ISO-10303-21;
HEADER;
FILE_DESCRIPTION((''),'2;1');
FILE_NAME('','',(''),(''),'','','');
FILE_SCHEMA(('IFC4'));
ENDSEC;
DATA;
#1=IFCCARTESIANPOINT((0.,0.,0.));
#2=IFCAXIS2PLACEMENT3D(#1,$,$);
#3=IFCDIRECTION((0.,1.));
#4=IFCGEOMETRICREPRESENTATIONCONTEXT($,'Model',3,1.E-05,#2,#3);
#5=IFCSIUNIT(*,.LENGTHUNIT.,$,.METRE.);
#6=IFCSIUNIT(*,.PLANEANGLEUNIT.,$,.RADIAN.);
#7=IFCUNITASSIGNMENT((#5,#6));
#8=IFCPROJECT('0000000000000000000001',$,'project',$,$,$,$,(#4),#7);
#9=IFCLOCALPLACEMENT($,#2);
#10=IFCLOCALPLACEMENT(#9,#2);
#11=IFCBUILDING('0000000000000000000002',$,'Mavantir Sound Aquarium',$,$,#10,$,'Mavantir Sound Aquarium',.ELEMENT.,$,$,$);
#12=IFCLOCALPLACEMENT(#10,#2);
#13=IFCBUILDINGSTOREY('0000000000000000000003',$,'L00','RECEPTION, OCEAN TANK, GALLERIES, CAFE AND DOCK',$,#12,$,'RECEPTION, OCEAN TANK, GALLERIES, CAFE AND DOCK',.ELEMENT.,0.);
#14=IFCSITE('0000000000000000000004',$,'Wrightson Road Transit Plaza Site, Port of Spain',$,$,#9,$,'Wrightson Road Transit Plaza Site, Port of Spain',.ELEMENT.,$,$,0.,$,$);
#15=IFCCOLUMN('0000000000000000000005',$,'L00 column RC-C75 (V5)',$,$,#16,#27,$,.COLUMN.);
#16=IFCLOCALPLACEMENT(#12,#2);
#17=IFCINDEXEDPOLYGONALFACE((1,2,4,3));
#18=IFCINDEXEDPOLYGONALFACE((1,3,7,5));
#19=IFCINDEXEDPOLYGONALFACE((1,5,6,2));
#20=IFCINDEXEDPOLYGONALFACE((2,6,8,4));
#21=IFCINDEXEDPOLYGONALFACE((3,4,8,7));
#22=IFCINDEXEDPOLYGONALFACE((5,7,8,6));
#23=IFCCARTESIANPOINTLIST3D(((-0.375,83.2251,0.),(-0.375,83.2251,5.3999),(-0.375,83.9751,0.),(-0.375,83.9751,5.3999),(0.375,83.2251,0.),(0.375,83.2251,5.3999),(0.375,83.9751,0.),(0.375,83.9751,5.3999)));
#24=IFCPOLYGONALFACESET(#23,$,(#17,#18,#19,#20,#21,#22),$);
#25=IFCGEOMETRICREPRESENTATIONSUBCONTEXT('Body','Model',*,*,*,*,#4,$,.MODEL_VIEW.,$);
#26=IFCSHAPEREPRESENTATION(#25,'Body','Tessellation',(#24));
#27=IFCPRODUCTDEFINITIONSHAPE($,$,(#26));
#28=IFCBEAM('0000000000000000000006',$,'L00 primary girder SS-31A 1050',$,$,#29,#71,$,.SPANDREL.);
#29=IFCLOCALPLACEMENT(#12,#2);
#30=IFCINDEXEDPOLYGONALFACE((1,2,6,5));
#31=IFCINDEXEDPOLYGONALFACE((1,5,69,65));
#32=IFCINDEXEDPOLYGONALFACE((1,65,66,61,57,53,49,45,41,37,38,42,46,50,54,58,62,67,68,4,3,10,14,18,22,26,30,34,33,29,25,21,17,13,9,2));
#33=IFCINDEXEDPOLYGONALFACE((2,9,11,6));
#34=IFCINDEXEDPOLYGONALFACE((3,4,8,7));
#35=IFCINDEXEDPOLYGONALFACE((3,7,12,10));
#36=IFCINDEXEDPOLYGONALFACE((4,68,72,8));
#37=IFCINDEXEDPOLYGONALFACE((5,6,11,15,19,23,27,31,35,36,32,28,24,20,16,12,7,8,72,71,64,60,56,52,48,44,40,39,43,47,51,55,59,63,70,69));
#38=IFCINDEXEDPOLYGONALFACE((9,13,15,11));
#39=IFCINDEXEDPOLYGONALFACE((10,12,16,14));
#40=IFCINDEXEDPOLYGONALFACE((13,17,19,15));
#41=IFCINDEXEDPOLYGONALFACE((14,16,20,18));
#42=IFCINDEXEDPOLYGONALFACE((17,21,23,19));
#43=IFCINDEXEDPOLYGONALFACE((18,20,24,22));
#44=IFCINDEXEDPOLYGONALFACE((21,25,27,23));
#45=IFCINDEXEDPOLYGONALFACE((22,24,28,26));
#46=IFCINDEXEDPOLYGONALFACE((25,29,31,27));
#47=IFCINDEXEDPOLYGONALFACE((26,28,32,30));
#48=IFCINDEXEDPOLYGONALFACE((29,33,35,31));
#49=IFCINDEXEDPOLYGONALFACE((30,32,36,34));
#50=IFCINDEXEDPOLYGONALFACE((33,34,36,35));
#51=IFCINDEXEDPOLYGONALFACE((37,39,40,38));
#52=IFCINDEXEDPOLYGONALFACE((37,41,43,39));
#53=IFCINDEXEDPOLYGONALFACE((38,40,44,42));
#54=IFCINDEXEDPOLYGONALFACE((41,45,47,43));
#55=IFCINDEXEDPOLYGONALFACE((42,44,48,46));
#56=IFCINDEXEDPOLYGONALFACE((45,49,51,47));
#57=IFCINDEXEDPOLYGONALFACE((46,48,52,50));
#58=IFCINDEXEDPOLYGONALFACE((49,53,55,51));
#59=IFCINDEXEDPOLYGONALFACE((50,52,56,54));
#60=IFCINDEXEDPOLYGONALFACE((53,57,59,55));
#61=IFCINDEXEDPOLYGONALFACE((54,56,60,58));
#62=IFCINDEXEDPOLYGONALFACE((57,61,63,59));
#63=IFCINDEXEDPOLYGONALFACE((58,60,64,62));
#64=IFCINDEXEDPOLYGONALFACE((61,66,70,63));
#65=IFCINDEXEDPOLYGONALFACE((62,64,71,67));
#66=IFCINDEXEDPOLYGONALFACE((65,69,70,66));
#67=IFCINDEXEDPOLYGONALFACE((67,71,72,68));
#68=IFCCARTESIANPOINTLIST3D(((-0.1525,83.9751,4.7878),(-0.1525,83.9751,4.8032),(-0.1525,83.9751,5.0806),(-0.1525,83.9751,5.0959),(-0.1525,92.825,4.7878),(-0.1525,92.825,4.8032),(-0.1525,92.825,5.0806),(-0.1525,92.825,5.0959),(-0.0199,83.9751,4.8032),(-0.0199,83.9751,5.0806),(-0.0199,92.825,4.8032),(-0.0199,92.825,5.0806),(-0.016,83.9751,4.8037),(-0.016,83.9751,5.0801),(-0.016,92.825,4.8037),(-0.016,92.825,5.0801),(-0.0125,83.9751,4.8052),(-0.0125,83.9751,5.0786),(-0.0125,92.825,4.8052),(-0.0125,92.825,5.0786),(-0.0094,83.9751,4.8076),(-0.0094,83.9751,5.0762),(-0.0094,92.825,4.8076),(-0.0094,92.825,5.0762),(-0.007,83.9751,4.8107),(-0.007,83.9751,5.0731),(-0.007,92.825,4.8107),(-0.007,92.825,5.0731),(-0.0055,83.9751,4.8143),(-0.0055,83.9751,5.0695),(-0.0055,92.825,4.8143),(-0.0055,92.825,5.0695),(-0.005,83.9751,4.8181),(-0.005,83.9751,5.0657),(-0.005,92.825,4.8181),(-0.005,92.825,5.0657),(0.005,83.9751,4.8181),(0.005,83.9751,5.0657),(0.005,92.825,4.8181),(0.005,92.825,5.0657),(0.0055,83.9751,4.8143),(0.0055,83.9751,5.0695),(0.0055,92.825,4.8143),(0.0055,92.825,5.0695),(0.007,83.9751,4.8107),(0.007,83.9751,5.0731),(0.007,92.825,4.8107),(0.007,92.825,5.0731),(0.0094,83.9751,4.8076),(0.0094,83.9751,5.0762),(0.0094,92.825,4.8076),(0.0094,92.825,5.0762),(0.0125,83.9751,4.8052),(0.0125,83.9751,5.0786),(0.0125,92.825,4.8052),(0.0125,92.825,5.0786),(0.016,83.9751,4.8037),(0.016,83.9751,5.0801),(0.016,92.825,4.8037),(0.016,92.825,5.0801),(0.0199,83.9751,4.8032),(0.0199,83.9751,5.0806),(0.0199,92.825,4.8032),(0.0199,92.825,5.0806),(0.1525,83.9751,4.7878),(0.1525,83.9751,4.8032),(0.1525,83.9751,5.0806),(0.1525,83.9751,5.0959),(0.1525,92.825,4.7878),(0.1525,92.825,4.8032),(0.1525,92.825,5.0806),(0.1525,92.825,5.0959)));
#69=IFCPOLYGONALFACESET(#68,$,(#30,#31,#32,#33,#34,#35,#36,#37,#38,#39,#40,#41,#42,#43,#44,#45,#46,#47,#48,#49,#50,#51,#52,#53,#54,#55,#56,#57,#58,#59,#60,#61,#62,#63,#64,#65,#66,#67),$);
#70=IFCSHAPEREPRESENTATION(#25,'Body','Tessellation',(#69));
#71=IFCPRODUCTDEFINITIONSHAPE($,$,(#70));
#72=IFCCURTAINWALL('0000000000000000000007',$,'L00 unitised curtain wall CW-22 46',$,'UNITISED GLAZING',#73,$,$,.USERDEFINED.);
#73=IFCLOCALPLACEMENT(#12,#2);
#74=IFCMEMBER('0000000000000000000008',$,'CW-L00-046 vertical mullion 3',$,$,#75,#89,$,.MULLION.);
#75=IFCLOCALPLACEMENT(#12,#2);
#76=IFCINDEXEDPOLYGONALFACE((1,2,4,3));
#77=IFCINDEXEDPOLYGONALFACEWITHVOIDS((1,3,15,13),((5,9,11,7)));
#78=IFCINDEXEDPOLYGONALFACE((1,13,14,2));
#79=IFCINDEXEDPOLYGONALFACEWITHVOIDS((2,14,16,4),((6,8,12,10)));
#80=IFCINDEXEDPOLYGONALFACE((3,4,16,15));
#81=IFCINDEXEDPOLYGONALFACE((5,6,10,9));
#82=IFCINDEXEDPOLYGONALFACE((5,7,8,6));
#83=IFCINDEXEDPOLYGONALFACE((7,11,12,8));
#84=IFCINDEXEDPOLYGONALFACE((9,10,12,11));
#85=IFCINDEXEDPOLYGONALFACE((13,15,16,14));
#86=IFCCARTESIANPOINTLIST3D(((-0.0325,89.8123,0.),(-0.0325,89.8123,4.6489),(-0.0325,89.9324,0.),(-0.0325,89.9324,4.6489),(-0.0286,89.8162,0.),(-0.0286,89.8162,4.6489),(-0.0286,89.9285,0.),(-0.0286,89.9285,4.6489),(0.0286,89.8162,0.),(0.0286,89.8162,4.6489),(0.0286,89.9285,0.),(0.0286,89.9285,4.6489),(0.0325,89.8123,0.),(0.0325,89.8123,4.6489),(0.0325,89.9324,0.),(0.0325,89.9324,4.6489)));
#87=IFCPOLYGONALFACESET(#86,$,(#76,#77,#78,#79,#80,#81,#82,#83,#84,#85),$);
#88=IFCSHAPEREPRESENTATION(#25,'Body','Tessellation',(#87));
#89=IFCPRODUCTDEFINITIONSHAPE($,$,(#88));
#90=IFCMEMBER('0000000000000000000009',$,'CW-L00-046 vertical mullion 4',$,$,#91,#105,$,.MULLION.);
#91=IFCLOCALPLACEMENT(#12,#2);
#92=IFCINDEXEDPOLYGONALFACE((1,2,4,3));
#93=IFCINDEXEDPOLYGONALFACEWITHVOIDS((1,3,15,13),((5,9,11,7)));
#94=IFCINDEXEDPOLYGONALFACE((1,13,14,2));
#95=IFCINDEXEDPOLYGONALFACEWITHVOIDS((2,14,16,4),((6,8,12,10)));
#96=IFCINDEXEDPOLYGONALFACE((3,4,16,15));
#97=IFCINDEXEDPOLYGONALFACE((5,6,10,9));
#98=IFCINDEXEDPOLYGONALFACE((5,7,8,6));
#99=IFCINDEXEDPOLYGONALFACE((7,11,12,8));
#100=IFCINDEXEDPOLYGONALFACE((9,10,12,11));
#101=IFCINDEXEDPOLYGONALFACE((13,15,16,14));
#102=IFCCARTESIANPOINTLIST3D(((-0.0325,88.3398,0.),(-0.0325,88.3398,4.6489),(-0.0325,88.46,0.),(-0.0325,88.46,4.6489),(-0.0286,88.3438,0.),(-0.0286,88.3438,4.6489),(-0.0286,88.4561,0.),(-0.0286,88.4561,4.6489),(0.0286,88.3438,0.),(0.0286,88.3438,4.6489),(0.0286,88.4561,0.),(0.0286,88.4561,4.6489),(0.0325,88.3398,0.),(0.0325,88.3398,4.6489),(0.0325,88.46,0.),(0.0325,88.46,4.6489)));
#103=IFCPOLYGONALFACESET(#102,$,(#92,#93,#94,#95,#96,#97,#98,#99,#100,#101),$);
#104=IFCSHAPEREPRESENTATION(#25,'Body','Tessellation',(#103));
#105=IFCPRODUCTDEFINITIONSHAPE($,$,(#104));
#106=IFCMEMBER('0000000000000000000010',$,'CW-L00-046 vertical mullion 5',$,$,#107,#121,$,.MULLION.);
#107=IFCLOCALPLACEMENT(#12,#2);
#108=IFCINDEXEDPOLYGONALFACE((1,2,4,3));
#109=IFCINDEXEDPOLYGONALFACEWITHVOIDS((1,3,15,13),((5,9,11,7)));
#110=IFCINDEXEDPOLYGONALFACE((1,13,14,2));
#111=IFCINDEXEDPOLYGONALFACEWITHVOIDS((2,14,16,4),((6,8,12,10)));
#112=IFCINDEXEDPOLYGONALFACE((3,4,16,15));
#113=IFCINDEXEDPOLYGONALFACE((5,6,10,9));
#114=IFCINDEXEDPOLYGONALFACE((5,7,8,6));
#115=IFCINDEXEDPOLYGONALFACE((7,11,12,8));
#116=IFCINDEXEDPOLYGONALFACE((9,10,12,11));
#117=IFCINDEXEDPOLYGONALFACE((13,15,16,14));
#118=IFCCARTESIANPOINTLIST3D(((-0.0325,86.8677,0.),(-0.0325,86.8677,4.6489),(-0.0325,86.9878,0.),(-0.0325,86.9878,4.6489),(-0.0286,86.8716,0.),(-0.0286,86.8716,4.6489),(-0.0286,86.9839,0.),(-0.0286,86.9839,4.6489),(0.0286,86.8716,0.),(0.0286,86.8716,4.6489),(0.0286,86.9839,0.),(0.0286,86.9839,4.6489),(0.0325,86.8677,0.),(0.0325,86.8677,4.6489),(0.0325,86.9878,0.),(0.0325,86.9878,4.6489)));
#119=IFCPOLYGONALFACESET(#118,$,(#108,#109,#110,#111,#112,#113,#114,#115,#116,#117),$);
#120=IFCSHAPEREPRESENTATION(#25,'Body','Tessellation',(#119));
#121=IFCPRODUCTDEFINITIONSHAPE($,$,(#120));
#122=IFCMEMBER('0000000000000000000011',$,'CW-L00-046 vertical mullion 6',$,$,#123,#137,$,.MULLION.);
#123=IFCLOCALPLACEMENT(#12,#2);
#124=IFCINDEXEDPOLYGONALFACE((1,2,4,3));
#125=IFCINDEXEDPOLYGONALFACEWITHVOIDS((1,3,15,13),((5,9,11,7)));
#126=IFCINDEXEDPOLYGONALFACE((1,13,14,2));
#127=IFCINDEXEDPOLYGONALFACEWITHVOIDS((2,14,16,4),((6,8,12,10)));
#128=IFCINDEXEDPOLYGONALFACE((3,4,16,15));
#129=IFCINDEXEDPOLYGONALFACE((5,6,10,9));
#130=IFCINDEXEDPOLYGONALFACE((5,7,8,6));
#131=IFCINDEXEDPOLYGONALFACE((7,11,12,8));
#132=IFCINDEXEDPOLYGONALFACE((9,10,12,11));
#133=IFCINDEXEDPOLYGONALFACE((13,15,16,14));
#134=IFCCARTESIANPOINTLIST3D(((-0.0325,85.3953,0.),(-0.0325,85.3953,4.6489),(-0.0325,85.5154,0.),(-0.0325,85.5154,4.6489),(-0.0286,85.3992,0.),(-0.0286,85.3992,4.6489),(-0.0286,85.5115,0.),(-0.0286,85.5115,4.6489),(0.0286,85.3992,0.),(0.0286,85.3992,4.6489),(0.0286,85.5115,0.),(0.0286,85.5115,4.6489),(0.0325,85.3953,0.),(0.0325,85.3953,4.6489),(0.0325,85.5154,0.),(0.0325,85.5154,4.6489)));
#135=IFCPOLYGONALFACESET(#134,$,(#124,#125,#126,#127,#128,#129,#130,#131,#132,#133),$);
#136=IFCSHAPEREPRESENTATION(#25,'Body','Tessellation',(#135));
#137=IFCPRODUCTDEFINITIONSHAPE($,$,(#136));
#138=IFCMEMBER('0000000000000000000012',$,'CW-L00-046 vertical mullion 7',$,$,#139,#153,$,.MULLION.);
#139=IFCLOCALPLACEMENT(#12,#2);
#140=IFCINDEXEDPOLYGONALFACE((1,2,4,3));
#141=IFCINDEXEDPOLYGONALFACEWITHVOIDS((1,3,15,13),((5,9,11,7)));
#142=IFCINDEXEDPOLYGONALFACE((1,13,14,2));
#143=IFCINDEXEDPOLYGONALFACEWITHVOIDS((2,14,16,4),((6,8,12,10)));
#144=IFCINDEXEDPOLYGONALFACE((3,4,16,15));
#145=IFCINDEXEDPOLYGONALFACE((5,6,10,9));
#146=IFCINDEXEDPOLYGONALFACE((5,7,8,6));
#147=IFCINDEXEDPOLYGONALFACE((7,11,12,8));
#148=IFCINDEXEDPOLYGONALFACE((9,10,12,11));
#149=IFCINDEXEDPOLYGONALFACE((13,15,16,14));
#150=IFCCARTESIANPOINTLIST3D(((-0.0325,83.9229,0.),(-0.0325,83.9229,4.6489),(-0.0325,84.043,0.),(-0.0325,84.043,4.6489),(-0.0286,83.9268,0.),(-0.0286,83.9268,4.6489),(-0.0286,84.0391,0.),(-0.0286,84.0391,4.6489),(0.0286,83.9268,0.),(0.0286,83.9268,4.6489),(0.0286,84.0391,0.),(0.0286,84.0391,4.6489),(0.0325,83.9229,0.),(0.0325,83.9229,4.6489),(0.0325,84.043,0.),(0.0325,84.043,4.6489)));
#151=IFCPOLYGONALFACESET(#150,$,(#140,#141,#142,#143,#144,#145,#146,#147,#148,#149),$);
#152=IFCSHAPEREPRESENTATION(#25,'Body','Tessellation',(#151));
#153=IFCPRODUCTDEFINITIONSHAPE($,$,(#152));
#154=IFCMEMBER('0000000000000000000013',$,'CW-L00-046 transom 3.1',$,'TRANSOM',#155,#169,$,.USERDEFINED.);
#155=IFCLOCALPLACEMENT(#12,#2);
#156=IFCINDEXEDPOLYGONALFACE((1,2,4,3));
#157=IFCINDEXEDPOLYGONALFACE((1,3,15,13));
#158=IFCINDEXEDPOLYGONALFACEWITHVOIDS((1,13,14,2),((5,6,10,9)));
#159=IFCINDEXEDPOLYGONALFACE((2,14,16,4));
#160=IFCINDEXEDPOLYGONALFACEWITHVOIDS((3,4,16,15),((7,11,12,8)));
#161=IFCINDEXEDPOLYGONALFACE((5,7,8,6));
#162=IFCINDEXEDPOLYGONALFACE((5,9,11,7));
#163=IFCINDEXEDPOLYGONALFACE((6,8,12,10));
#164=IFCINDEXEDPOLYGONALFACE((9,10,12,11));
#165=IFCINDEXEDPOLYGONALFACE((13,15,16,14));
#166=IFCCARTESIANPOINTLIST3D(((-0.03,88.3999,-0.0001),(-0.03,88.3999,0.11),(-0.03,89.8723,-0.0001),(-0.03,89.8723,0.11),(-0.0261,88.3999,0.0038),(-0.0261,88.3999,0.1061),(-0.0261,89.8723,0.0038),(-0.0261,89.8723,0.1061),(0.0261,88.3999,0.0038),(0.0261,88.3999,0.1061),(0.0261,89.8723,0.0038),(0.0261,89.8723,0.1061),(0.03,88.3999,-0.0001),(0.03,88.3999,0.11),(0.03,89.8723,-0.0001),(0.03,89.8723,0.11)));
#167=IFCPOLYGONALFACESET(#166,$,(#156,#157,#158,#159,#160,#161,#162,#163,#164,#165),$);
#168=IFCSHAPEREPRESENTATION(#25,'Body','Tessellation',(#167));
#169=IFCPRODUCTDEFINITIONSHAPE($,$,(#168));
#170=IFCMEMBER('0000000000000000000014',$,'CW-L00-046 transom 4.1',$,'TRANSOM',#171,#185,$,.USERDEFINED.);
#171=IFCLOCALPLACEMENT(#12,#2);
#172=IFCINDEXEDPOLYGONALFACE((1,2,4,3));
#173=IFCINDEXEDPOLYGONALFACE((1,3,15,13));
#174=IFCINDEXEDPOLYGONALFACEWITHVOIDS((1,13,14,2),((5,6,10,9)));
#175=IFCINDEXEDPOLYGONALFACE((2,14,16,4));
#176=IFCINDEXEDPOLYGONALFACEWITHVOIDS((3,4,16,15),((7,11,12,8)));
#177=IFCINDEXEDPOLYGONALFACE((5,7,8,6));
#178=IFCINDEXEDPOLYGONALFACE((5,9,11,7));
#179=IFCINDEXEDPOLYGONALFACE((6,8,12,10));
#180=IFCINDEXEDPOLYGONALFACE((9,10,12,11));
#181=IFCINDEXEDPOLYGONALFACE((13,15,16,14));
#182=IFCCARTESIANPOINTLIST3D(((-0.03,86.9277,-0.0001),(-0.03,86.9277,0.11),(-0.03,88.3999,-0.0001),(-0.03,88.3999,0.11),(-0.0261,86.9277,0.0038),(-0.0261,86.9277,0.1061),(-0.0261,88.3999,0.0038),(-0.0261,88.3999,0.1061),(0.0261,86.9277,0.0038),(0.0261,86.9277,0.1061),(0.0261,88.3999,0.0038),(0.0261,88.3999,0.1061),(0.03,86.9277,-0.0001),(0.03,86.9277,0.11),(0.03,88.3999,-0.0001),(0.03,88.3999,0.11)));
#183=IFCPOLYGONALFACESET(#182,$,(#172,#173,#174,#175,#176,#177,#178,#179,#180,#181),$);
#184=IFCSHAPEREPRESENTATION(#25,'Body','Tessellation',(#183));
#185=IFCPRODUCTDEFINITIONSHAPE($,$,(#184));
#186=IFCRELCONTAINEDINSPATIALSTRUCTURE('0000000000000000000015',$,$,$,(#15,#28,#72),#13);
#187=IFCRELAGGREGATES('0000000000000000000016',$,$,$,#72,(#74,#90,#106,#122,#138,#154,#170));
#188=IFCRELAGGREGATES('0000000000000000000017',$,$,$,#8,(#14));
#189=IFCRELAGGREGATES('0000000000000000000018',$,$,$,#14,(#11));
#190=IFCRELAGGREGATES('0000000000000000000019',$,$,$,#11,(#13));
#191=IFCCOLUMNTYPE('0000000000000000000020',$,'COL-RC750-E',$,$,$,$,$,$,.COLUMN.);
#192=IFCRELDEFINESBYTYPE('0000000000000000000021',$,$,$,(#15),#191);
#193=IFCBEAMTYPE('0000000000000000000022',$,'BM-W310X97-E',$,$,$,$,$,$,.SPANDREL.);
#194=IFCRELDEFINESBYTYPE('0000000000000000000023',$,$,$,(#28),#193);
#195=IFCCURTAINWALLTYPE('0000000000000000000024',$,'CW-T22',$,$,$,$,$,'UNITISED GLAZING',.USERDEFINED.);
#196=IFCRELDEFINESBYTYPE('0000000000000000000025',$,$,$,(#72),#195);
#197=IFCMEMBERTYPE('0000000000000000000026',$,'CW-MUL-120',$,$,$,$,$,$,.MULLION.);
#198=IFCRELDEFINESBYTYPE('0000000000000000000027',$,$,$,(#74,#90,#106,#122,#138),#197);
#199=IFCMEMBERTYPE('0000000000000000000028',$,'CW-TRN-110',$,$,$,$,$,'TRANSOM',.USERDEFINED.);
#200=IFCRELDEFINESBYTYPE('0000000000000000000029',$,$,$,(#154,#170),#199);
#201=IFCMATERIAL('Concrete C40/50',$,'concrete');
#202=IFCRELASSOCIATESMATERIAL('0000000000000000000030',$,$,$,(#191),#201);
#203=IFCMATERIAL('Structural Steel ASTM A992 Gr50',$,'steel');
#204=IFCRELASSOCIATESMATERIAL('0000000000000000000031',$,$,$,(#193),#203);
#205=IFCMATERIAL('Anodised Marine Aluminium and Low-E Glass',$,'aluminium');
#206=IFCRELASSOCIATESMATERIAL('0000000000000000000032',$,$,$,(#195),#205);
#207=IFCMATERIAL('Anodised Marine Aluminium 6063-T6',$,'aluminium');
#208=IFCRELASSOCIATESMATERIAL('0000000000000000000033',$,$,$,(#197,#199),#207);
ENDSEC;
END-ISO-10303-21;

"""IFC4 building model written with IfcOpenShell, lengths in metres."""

from ifc_helpers import new_model, si_unit, direction, frame, origin, origin_2d, place, context, subcontext, project, spatial, rectangle, hollow_rectangle, i_section, extrude, material, material_profile, profile_set, type_object, element, aggregate, save


model = new_model("IFC4")

# Units and contexts
model_context = context("Model", 3, precision=1e-05, world=origin(), true_north=direction((0.0, 1.0)))
body_context = subcontext(model_context, "Body", "Model", "MODEL_VIEW")
ifc_project = project(units=[si_unit("LENGTHUNIT", "METRE"), si_unit("PLANEANGLEUNIT", "RADIAN")], contexts=[model_context])

# Site, building, storey
site_placement = place(None, origin())
site = spatial("IfcSite", under=ifc_project, at=site_placement, Name="Wrightson Road Transit Plaza Site, Port of Spain", LongName="Wrightson Road Transit Plaza Site, Port of Spain", CompositionType="ELEMENT", RefElevation=0.0)
building_placement = place(site_placement, origin())
building = spatial("IfcBuilding", under=site, at=building_placement, Name="Mavantir Sound Aquarium", LongName="Mavantir Sound Aquarium", CompositionType="ELEMENT")
storey_placement = place(building_placement, origin())
storey = spatial("IfcBuildingStorey", under=building, at=storey_placement, Name="L00", Description="RECEPTION, OCEAN TANK, GALLERIES, CAFE AND DOCK", LongName="RECEPTION, OCEAN TANK, GALLERIES, CAFE AND DOCK", CompositionType="ELEMENT", Elevation=0.0)

# Column
ifc_material_1 = material(Name="Concrete C40/50", Category="concrete")
ifc_material_profile_1 = material_profile(ifc_material_1, rectangle(XDim=0.75, YDim=0.75, at=origin_2d()), Name="RC 750X750")
ifc_profile_set_1 = profile_set([ifc_material_profile_1], Name="Concrete C40/50")
column_type = type_object("IfcColumnType", Name="COL-RC750-E", PredefinedType="COLUMN", material=ifc_profile_set_1)
column_placement = place(storey_placement, frame((0.0, 83.6001, 0.0), z_axis=(0.0, 0.0, 1.0), x_axis=(1.0, 0.0, 0.0)))
element("IfcColumn", 1, at=column_placement, inside=storey, type_object=column_type, Name="L00 column RC-C75 (V5)", PredefinedType="COLUMN", context=body_context, shape_type="SweptSolid", body=[
    extrude(rectangle(XDim=0.75, YDim=0.75, at=origin_2d()), origin(), (0.0, 0.0, 1.0), 5.3999),
])

# Beam
ifc_material_2 = material(Name="Structural Steel ASTM A992 Gr50", Category="steel")
ifc_material_profile_2 = material_profile(ifc_material_2, i_section(OverallWidth=0.3049, OverallDepth=0.3081, WebThickness=0.01, FlangeThickness=0.0154, FilletRadius=0.0149, at=origin_2d()), Name="W310X97")
ifc_profile_set_2 = profile_set([ifc_material_profile_2], Name="Structural Steel ASTM A992 Gr50")
beam_type = type_object("IfcBeamType", Name="BM-W310X97-E", PredefinedType="SPANDREL", material=ifc_profile_set_2)
beam_placement = place(storey_placement, frame((0.0, 83.9751, 4.9419), z_axis=(0.0, 1.0, 0.0), x_axis=(-1.0, 0.0, 0.0)))
element("IfcBeam", 2, at=beam_placement, inside=storey, type_object=beam_type, Name="L00 primary girder SS-31A 1050", PredefinedType="SPANDREL", context=body_context, shape_type="SweptSolid", body=[
    extrude(i_section(OverallWidth=0.3049, OverallDepth=0.3081, WebThickness=0.01, FlangeThickness=0.0154, FilletRadius=0.0149, at=origin_2d()), origin(), (0.0, 0.0, 1.0), 8.8499),
])

# Curtain wall, members
ifc_material_3 = material(Name="Anodised Marine Aluminium and Low-E Glass", Category="aluminium")
curtain_wall_type = type_object("IfcCurtainWallType", Name="CW-T22", ElementType="UNITISED GLAZING", PredefinedType="USERDEFINED", material=ifc_material_3)
curtain_wall_placement = place(storey_placement, origin())
curtain_wall = element("IfcCurtainWall", 3, at=curtain_wall_placement, inside=storey, type_object=curtain_wall_type, Name="L00 unitised curtain wall CW-22 46", ObjectType="UNITISED GLAZING", PredefinedType="USERDEFINED")
ifc_material_4 = material(Name="Anodised Marine Aluminium 6063-T6", Category="aluminium")
ifc_material_profile_3 = material_profile(ifc_material_4, hollow_rectangle(XDim=0.0649, YDim=0.1201, WallThickness=0.0039, at=origin_2d()), Name="ALU-MULLION-120X65")
ifc_profile_set_3 = profile_set([ifc_material_profile_3], Name="Anodised Marine Aluminium 6063-T6")
member_type_1 = type_object("IfcMemberType", Name="CW-MUL-120", PredefinedType="MULLION", material=ifc_profile_set_3)
member_1_placement = place(storey_placement, frame((0.0, 89.8723, 0.0), z_axis=(0.0, 0.0, 1.0), x_axis=(1.0, 0.0, 0.0)))
member_1 = element("IfcMember", 4, at=member_1_placement, type_object=member_type_1, Name="CW-L00-046 vertical mullion 3", PredefinedType="MULLION", context=body_context, shape_type="SweptSolid", body=[
    extrude(hollow_rectangle(XDim=0.0649, YDim=0.1201, WallThickness=0.0039, at=origin_2d()), origin(), (0.0, 0.0, 1.0), 4.6489),
])
member_2_placement = place(storey_placement, frame((0.0, 88.3999, 0.0), z_axis=(0.0, 0.0, 1.0), x_axis=(1.0, 0.0, 0.0)))
member_2 = element("IfcMember", 5, at=member_2_placement, type_object=member_type_1, Name="CW-L00-046 vertical mullion 4", PredefinedType="MULLION", context=body_context, shape_type="SweptSolid", body=[
    extrude(hollow_rectangle(XDim=0.0649, YDim=0.1201, WallThickness=0.0039, at=origin_2d()), origin(), (0.0, 0.0, 1.0), 4.6489),
])
member_3_placement = place(storey_placement, frame((0.0, 86.9277, 0.0), z_axis=(0.0, 0.0, 1.0), x_axis=(1.0, 0.0, 0.0)))
member_3 = element("IfcMember", 6, at=member_3_placement, type_object=member_type_1, Name="CW-L00-046 vertical mullion 5", PredefinedType="MULLION", context=body_context, shape_type="SweptSolid", body=[
    extrude(hollow_rectangle(XDim=0.0649, YDim=0.1201, WallThickness=0.0039, at=origin_2d()), origin(), (0.0, 0.0, 1.0), 4.6489),
])
member_4_placement = place(storey_placement, frame((0.0, 85.4553, 0.0), z_axis=(0.0, 0.0, 1.0), x_axis=(1.0, 0.0, 0.0)))
member_4 = element("IfcMember", 7, at=member_4_placement, type_object=member_type_1, Name="CW-L00-046 vertical mullion 6", PredefinedType="MULLION", context=body_context, shape_type="SweptSolid", body=[
    extrude(hollow_rectangle(XDim=0.0649, YDim=0.1201, WallThickness=0.0039, at=origin_2d()), origin(), (0.0, 0.0, 1.0), 4.6489),
])
member_5_placement = place(storey_placement, frame((0.0, 83.9829, 0.0), z_axis=(0.0, 0.0, 1.0), x_axis=(1.0, 0.0, 0.0)))
member_5 = element("IfcMember", 8, at=member_5_placement, type_object=member_type_1, Name="CW-L00-046 vertical mullion 7", PredefinedType="MULLION", context=body_context, shape_type="SweptSolid", body=[
    extrude(hollow_rectangle(XDim=0.0649, YDim=0.1201, WallThickness=0.0039, at=origin_2d()), origin(), (0.0, 0.0, 1.0), 4.6489),
])
ifc_material_profile_4 = material_profile(ifc_material_4, hollow_rectangle(XDim=0.0601, YDim=0.1101, WallThickness=0.0039, at=origin_2d()), Name="ALU-TRANSOM-110X60")
ifc_profile_set_4 = profile_set([ifc_material_profile_4], Name="Anodised Marine Aluminium 6063-T6")
member_type_2 = type_object("IfcMemberType", Name="CW-TRN-110", ElementType="TRANSOM", PredefinedType="USERDEFINED", material=ifc_profile_set_4)
member_6_placement = place(storey_placement, frame((0.0, 89.8723, 0.0549), z_axis=(0.0, -1.0, 0.0), x_axis=(1.0, 0.0, 0.0)))
member_6 = element("IfcMember", 9, at=member_6_placement, type_object=member_type_2, Name="CW-L00-046 transom 3.1", ObjectType="TRANSOM", PredefinedType="USERDEFINED", context=body_context, shape_type="SweptSolid", body=[
    extrude(hollow_rectangle(XDim=0.0601, YDim=0.1101, WallThickness=0.0039, at=origin_2d()), origin(), (0.0, 0.0, 1.0), 1.4724),
])
member_7_placement = place(storey_placement, frame((0.0, 88.3999, 0.0549), z_axis=(0.0, -1.0, 0.0), x_axis=(1.0, 0.0, 0.0)))
member_7 = element("IfcMember", 10, at=member_7_placement, type_object=member_type_2, Name="CW-L00-046 transom 4.1", ObjectType="TRANSOM", PredefinedType="USERDEFINED", context=body_context, shape_type="SweptSolid", body=[
    extrude(hollow_rectangle(XDim=0.0601, YDim=0.1101, WallThickness=0.0039, at=origin_2d()), origin(), (0.0, 0.0, 1.0), 1.4722),
])
aggregate(curtain_wall, [member_1, member_2, member_3, member_4, member_5, member_6, member_7])

save(model, "model.ifc")
